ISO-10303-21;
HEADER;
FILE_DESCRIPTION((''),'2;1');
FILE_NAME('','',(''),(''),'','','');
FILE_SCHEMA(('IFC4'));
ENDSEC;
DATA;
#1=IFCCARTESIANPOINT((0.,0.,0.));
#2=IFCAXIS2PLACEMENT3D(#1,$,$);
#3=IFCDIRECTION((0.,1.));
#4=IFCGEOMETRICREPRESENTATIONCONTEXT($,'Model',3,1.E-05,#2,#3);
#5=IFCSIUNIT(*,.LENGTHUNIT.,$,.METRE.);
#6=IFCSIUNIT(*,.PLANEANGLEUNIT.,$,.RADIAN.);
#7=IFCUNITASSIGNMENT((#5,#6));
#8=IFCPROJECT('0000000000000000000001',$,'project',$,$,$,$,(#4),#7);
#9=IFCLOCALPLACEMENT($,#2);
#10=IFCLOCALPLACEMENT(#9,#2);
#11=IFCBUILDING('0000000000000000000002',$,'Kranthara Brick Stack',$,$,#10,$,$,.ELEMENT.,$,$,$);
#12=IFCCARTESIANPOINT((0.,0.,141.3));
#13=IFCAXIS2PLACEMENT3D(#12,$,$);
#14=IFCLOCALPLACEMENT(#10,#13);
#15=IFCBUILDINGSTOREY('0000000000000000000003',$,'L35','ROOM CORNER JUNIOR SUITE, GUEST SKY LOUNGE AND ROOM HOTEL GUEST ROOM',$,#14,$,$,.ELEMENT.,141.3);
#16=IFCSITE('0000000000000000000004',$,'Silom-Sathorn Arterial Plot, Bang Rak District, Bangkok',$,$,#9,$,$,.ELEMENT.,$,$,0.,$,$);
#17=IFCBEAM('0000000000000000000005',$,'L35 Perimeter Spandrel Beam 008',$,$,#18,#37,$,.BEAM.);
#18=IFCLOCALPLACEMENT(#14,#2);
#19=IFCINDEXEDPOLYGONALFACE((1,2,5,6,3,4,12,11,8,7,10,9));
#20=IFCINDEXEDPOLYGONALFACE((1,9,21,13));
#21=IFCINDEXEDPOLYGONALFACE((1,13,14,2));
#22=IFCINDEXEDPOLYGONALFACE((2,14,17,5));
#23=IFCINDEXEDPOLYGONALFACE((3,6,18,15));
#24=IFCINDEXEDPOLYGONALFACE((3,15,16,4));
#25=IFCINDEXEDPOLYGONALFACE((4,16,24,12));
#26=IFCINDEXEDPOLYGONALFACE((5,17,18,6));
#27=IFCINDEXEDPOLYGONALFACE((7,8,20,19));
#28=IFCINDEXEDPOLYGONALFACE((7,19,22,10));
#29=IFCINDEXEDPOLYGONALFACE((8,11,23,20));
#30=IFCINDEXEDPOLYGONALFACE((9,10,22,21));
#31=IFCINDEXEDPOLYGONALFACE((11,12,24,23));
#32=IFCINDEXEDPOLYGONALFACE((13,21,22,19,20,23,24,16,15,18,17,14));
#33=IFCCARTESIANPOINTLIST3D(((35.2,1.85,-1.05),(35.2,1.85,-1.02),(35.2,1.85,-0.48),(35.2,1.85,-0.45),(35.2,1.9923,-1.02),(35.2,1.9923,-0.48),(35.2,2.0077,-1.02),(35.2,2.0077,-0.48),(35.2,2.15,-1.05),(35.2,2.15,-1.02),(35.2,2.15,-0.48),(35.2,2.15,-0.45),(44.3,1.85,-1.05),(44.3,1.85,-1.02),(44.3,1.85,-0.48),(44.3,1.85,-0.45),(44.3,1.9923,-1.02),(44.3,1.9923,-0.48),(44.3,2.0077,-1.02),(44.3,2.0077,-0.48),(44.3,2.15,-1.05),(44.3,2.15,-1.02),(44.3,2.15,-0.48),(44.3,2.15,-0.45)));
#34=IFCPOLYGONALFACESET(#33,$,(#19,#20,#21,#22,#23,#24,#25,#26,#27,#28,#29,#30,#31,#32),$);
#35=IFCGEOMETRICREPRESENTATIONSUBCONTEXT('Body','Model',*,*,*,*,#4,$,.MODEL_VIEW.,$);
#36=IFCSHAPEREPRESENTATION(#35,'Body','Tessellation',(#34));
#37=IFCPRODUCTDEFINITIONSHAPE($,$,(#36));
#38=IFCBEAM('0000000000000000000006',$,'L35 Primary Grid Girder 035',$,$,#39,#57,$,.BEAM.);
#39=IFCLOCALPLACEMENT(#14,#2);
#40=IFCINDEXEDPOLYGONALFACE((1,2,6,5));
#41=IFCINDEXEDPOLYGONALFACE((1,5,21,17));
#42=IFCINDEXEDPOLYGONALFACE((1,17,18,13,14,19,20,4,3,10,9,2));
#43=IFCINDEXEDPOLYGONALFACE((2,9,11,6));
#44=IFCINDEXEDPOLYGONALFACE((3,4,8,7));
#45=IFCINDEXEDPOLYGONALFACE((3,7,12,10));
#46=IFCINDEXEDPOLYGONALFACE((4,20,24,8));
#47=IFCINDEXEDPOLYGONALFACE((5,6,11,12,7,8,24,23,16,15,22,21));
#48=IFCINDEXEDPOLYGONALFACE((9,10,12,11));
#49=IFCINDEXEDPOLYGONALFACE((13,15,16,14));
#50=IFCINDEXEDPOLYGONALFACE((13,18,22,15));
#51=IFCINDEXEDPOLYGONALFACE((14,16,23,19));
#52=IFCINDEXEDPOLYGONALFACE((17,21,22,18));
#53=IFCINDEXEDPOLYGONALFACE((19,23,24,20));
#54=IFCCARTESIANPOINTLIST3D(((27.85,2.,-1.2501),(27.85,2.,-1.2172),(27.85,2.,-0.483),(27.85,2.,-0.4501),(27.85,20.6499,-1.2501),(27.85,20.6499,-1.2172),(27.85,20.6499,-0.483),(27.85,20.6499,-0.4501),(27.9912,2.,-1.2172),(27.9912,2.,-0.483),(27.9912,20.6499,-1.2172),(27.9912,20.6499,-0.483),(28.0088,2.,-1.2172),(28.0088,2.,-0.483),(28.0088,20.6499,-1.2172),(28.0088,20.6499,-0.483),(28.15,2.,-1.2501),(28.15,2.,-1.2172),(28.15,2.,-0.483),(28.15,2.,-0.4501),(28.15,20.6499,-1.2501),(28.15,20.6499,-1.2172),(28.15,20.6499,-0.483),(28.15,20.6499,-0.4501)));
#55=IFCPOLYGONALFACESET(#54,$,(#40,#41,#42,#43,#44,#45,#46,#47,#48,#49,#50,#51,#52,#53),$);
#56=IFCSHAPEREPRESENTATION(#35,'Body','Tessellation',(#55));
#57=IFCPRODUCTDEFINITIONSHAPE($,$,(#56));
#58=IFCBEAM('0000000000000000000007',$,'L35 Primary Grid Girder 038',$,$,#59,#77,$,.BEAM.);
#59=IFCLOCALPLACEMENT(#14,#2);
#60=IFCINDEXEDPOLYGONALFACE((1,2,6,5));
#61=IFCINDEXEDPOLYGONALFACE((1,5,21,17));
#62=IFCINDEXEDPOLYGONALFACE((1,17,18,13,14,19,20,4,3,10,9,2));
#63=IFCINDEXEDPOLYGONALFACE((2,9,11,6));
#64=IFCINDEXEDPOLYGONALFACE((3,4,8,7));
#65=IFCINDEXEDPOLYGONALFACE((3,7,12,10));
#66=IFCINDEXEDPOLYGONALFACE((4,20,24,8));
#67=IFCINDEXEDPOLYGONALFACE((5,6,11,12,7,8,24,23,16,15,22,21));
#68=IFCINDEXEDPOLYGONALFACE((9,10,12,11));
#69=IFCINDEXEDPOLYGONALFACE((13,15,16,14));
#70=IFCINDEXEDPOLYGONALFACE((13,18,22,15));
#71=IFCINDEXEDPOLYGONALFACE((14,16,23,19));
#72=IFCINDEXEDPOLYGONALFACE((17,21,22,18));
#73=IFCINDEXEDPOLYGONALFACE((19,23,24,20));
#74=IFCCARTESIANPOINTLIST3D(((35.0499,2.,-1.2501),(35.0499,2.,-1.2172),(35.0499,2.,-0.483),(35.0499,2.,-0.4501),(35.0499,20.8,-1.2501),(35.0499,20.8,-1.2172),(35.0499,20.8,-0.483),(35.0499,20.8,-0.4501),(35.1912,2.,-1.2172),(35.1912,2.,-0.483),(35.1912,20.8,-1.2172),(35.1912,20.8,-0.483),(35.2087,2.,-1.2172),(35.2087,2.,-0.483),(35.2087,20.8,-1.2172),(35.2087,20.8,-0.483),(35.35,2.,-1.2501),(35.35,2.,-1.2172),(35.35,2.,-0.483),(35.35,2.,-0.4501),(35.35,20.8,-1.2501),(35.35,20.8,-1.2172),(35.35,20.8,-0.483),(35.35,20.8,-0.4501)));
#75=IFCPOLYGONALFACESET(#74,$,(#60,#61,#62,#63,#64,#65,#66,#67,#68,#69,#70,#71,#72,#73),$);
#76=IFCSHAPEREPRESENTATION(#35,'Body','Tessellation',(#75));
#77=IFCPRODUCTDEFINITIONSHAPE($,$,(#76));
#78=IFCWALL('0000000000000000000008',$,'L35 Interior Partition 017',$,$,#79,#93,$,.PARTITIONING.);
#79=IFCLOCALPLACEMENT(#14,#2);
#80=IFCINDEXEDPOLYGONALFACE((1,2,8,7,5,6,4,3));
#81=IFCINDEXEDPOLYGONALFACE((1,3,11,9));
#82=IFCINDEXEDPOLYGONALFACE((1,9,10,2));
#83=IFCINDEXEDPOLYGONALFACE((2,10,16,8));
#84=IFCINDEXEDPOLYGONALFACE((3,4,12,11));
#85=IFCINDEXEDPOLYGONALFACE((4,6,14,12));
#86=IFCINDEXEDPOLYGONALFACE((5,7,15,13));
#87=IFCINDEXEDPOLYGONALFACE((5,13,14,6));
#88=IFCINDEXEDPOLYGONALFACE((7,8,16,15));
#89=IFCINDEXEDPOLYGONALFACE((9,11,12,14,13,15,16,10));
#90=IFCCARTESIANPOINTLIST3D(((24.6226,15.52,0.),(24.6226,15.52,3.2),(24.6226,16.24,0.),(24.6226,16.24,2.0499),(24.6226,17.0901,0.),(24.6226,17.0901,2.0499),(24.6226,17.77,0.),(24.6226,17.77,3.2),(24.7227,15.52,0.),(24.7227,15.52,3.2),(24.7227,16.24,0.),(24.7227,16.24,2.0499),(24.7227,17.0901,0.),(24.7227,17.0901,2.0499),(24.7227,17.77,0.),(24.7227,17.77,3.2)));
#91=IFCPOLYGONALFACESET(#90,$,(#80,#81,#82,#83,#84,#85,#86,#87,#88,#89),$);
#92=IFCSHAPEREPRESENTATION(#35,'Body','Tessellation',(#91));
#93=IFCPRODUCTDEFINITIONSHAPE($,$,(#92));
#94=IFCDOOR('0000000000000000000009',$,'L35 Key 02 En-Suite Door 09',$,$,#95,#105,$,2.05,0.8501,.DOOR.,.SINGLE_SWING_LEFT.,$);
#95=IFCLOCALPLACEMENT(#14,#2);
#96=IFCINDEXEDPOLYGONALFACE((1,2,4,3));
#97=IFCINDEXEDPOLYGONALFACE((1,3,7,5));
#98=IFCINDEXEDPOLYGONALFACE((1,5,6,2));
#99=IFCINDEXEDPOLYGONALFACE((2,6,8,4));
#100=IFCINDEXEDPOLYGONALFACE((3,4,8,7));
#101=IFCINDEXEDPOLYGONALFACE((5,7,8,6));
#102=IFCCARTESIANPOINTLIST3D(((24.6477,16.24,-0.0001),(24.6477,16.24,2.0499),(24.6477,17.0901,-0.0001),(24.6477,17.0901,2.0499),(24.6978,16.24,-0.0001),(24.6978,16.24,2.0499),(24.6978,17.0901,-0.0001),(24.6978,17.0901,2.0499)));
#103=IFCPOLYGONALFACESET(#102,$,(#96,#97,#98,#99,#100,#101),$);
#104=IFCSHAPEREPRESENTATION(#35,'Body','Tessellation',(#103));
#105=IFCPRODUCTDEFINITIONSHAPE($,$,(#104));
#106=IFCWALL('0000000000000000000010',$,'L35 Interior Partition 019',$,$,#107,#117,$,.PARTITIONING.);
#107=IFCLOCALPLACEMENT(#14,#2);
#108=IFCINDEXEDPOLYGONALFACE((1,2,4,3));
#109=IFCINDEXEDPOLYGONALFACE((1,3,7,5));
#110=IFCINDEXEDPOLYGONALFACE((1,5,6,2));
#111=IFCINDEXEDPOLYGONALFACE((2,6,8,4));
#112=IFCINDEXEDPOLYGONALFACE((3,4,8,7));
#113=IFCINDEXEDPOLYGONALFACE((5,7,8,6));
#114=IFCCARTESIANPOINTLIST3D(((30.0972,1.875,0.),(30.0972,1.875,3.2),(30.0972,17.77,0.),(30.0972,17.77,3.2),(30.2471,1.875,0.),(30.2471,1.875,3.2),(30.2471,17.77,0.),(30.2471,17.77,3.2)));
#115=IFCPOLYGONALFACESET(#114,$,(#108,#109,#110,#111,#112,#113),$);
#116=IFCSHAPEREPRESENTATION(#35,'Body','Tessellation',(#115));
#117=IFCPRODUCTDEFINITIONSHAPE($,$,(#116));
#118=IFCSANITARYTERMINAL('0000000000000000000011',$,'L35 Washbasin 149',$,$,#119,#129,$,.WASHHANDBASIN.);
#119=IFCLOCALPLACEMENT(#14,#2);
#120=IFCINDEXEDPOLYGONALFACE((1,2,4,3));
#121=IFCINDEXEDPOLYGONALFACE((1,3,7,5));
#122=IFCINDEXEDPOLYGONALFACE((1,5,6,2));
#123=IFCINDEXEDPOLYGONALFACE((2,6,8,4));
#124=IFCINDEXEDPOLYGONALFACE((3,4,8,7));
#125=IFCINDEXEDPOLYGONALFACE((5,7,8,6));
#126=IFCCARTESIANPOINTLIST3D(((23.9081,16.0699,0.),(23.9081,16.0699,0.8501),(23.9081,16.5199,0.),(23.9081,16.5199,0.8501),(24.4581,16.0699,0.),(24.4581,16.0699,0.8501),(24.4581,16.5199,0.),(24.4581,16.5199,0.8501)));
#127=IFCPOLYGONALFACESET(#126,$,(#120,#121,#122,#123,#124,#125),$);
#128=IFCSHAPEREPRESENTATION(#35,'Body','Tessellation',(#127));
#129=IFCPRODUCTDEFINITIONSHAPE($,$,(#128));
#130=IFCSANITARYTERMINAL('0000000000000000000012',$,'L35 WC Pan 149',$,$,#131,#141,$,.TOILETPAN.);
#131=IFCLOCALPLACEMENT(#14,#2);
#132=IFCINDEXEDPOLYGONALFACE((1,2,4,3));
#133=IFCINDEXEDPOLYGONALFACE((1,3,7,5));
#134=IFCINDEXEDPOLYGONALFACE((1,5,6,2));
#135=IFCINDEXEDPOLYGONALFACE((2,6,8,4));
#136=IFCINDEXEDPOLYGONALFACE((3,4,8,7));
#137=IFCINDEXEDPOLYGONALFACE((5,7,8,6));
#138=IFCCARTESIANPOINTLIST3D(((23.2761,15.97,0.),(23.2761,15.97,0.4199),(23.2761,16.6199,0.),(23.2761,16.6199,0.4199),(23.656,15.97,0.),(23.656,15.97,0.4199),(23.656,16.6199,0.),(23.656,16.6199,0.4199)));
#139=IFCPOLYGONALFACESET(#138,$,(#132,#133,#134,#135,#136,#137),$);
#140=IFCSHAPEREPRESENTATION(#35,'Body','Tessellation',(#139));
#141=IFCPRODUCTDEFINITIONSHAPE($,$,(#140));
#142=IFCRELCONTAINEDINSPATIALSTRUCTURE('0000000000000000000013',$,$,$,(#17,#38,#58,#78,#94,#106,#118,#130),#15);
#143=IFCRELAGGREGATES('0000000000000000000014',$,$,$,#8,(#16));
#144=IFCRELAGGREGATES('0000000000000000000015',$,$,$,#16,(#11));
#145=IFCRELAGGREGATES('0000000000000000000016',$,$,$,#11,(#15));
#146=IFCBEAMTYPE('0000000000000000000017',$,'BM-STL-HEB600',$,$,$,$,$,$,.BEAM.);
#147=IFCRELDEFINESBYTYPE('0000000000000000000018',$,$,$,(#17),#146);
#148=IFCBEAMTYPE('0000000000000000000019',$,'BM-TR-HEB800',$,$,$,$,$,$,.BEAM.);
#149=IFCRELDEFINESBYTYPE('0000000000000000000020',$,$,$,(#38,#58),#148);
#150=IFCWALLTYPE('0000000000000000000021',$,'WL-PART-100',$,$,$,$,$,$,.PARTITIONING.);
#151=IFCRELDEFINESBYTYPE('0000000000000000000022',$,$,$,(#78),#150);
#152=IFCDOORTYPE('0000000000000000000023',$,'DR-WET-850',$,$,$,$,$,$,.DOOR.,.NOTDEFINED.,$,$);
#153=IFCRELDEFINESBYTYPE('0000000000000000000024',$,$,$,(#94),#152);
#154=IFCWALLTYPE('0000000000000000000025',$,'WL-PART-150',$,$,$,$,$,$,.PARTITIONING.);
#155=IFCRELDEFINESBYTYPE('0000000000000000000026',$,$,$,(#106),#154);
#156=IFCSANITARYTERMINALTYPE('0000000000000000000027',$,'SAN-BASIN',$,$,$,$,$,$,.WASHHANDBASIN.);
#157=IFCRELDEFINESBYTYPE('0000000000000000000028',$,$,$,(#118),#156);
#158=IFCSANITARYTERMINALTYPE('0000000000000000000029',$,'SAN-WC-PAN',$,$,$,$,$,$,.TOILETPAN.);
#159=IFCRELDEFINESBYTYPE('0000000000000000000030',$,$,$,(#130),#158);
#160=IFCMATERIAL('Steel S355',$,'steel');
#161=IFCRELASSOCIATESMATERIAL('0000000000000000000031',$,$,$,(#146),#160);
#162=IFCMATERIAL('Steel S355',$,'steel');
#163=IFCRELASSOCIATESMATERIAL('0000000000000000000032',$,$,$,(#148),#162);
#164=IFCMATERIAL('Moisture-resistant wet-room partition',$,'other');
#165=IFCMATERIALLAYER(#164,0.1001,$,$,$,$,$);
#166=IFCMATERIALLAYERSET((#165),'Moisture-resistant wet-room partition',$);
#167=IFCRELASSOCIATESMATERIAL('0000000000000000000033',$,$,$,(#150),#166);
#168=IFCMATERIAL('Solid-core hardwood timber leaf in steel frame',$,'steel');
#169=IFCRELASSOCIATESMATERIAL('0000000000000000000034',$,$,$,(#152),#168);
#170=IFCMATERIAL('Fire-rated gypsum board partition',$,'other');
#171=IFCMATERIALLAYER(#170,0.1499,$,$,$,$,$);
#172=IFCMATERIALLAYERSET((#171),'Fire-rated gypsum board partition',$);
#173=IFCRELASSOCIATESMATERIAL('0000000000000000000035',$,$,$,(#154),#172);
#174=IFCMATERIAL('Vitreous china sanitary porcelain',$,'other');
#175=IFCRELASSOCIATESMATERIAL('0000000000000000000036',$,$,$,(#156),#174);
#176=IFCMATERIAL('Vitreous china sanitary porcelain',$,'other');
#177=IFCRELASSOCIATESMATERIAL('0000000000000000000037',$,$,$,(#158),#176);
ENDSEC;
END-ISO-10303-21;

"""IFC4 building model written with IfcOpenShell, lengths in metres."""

from ifc_helpers import new_model, si_unit, direction, frame, frame_2d, origin, origin_2d, place, context, subcontext, project, spatial, rectangle, i_section, extrude, material, layer, layer_set, material_profile, profile_set, type_object, element, fill, save


model = new_model("IFC4")

# Units and contexts
model_context = context("Model", 3, precision=1e-05, world=origin(), true_north=direction((0.0, 1.0)))
body_context = subcontext(model_context, "Body", "Model", "MODEL_VIEW")
ifc_project = project(units=[si_unit("LENGTHUNIT", "METRE"), si_unit("PLANEANGLEUNIT", "RADIAN")], contexts=[model_context])

# Site, building, storey
site_placement = place(None, origin())
site = spatial("IfcSite", under=ifc_project, at=site_placement, Name="Silom-Sathorn Arterial Plot, Bang Rak District, Bangkok", CompositionType="ELEMENT", RefElevation=0.0)
building_placement = place(site_placement, origin())
building = spatial("IfcBuilding", under=site, at=building_placement, Name="Kranthara Brick Stack", CompositionType="ELEMENT")
storey_placement = place(building_placement, frame((0.0, 0.0, 141.3)))
storey = spatial("IfcBuildingStorey", under=building, at=storey_placement, Name="L35", Description="ROOM CORNER JUNIOR SUITE, GUEST SKY LOUNGE AND ROOM HOTEL GUEST ROOM", CompositionType="ELEMENT", Elevation=141.3)

# Beams
ifc_material_1 = material(Name="Steel S355", Category="steel")
ifc_material_profile_1 = material_profile(ifc_material_1, i_section(OverallWidth=0.3, OverallDepth=0.6001, WebThickness=0.0154, FlangeThickness=0.03, at=origin_2d()), Name="HEB 600")
ifc_profile_set_1 = profile_set([ifc_material_profile_1], Name="Steel S355")
beam_type_1 = type_object("IfcBeamType", Name="BM-STL-HEB600", PredefinedType="BEAM", material=ifc_profile_set_1)
beam_1_placement = place(storey_placement, frame((35.2, 2.0, -0.75), z_axis=(1.0, 0.0, 0.0), x_axis=(0.0, 1.0, 0.0)))
element("IfcBeam", 1, at=beam_1_placement, inside=storey, type_object=beam_type_1, Name="L35 Perimeter Spandrel Beam 008", PredefinedType="BEAM", context=body_context, shape_type="SweptSolid", body=[
    extrude(i_section(OverallWidth=0.3, OverallDepth=0.6001, WebThickness=0.0154, FlangeThickness=0.03, at=origin_2d()), origin(), (0.0, 0.0, 1.0), 9.1001),
])
ifc_material_2 = material(Name="Steel S355", Category="steel")
ifc_material_profile_2 = material_profile(ifc_material_2, i_section(OverallWidth=0.3, OverallDepth=0.8, WebThickness=0.0176, FlangeThickness=0.033, at=origin_2d()), Name="HEB 800")
ifc_profile_set_2 = profile_set([ifc_material_profile_2], Name="Steel S355")
beam_type_2 = type_object("IfcBeamType", Name="BM-TR-HEB800", PredefinedType="BEAM", material=ifc_profile_set_2)
beam_2_placement = place(storey_placement, frame((28.0, 2.0, -0.8501), z_axis=(0.0, 1.0, 0.0), x_axis=(-1.0, 0.0, 0.0)))
element("IfcBeam", 2, at=beam_2_placement, inside=storey, type_object=beam_type_2, Name="L35 Primary Grid Girder 035", PredefinedType="BEAM", context=body_context, shape_type="SweptSolid", body=[
    extrude(i_section(OverallWidth=0.3, OverallDepth=0.8, WebThickness=0.0176, FlangeThickness=0.033, at=origin_2d()), origin(), (0.0, 0.0, 1.0), 18.6499),
])
beam_3_placement = place(storey_placement, frame((35.2, 2.0, -0.8501), z_axis=(0.0, 1.0, 0.0), x_axis=(-1.0, 0.0, 0.0)))
element("IfcBeam", 3, at=beam_3_placement, inside=storey, type_object=beam_type_2, Name="L35 Primary Grid Girder 038", PredefinedType="BEAM", context=body_context, shape_type="SweptSolid", body=[
    extrude(i_section(OverallWidth=0.3, OverallDepth=0.8, WebThickness=0.0176, FlangeThickness=0.033, at=origin_2d()), origin(), (0.0, 0.0, 1.0), 18.8),
])

# Wall, opening, door
ifc_material_3 = material(Name="Moisture-resistant wet-room partition", Category="other")
ifc_layer_1 = layer(ifc_material_3, 0.1001)
ifc_layer_set_1 = layer_set([ifc_layer_1], Name="Moisture-resistant wet-room partition")
wall_type_1 = type_object("IfcWallType", Name="WL-PART-100", PredefinedType="PARTITIONING", material=ifc_layer_set_1)
wall_1_placement = place(storey_placement, frame((24.6726, 15.52, 0.0), z_axis=(0.0, 0.0, 1.0), x_axis=(0.0, 1.0, 0.0)))
wall_1 = element("IfcWall", 4, at=wall_1_placement, inside=storey, type_object=wall_type_1, Name="L35 Interior Partition 017", PredefinedType="PARTITIONING", context=body_context, shape_type="SweptSolid", body=[
    extrude(rectangle(XDim=2.25, YDim=0.1001, at=frame_2d((1.125, 0.0))), origin(), (0.0, 0.0, 1.0), 3.2),
])
opening_placement = place(wall_1_placement, frame((0.72, 0.0, 0.0)))
opening = element("IfcOpeningElement", 5, at=opening_placement, cuts=wall_1, PredefinedType="OPENING", context=body_context, shape_type="SweptSolid", body=[
    extrude(rectangle(XDim=0.8501, YDim=2.05, at=frame_2d((0.425, 1.0249))), frame((0.0, 0.0601, 0.0), z_axis=(0.0, -1.0, 0.0), x_axis=(1.0, 0.0, 0.0)), (0.0, 0.0, 1.0), 0.1201),
])
ifc_material_4 = material(Name="Solid-core hardwood timber leaf in steel frame", Category="steel")
door_type = type_object("IfcDoorType", Name="DR-WET-850", OperationType="NOTDEFINED", PredefinedType="DOOR", material=ifc_material_4)
door_placement = place(opening_placement, origin())
door = element("IfcDoor", 6, at=door_placement, inside=storey, type_object=door_type, Name="L35 Key 02 En-Suite Door 09", OperationType="SINGLE_SWING_LEFT", OverallHeight=2.05, OverallWidth=0.8501, PredefinedType="DOOR", context=body_context, shape_type="SweptSolid", body=[
    extrude(rectangle(XDim=0.8501, YDim=2.05, at=frame_2d((0.425, 1.0249))), frame((0.0, 0.0249, 0.0), z_axis=(0.0, -1.0, 0.0), x_axis=(1.0, 0.0, 0.0)), (0.0, 0.0, 1.0), 0.05),
])
fill(opening, door)

# Wall
ifc_material_5 = material(Name="Fire-rated gypsum board partition", Category="other")
ifc_layer_2 = layer(ifc_material_5, 0.1499)
ifc_layer_set_2 = layer_set([ifc_layer_2], Name="Fire-rated gypsum board partition")
wall_type_2 = type_object("IfcWallType", Name="WL-PART-150", PredefinedType="PARTITIONING", material=ifc_layer_set_2)
wall_2_placement = place(storey_placement, frame((30.1721, 1.875, 0.0), z_axis=(0.0, 0.0, 1.0), x_axis=(0.0, 1.0, 0.0)))
element("IfcWall", 7, at=wall_2_placement, inside=storey, type_object=wall_type_2, Name="L35 Interior Partition 019", PredefinedType="PARTITIONING", context=body_context, shape_type="SweptSolid", body=[
    extrude(rectangle(XDim=15.895, YDim=0.1499, at=frame_2d((7.9475, 0.0))), origin(), (0.0, 0.0, 1.0), 3.2),
])

# Sanitary terminals
ifc_material_6 = material(Name="Vitreous china sanitary porcelain", Category="other")
sanitary_terminal_type_1 = type_object("IfcSanitaryTerminalType", Name="SAN-BASIN", PredefinedType="WASHHANDBASIN", material=ifc_material_6)
sanitary_terminal_1_placement = place(storey_placement, frame((24.1831, 16.2949, 0.0), z_axis=(0.0, 0.0, 1.0), x_axis=(1.0, 0.0, 0.0)))
element("IfcSanitaryTerminal", 8, at=sanitary_terminal_1_placement, inside=storey, type_object=sanitary_terminal_type_1, Name="L35 Washbasin 149", PredefinedType="WASHHANDBASIN", context=body_context, shape_type="SweptSolid", body=[
    extrude(rectangle(XDim=0.55, YDim=0.45, at=origin_2d()), origin(), (0.0, 0.0, 1.0), 0.8501),
])
ifc_material_7 = material(Name="Vitreous china sanitary porcelain", Category="other")
sanitary_terminal_type_2 = type_object("IfcSanitaryTerminalType", Name="SAN-WC-PAN", PredefinedType="TOILETPAN", material=ifc_material_7)
sanitary_terminal_2_placement = place(storey_placement, frame((23.4661, 16.2949, 0.0), z_axis=(0.0, 0.0, 1.0), x_axis=(1.0, 0.0, 0.0)))
element("IfcSanitaryTerminal", 9, at=sanitary_terminal_2_placement, inside=storey, type_object=sanitary_terminal_type_2, Name="L35 WC Pan 149", PredefinedType="TOILETPAN", context=body_context, shape_type="SweptSolid", body=[
    extrude(rectangle(XDim=0.3799, YDim=0.6499, at=origin_2d()), origin(), (0.0, 0.0, 1.0), 0.4199),
])

save(model, "model.ifc")
